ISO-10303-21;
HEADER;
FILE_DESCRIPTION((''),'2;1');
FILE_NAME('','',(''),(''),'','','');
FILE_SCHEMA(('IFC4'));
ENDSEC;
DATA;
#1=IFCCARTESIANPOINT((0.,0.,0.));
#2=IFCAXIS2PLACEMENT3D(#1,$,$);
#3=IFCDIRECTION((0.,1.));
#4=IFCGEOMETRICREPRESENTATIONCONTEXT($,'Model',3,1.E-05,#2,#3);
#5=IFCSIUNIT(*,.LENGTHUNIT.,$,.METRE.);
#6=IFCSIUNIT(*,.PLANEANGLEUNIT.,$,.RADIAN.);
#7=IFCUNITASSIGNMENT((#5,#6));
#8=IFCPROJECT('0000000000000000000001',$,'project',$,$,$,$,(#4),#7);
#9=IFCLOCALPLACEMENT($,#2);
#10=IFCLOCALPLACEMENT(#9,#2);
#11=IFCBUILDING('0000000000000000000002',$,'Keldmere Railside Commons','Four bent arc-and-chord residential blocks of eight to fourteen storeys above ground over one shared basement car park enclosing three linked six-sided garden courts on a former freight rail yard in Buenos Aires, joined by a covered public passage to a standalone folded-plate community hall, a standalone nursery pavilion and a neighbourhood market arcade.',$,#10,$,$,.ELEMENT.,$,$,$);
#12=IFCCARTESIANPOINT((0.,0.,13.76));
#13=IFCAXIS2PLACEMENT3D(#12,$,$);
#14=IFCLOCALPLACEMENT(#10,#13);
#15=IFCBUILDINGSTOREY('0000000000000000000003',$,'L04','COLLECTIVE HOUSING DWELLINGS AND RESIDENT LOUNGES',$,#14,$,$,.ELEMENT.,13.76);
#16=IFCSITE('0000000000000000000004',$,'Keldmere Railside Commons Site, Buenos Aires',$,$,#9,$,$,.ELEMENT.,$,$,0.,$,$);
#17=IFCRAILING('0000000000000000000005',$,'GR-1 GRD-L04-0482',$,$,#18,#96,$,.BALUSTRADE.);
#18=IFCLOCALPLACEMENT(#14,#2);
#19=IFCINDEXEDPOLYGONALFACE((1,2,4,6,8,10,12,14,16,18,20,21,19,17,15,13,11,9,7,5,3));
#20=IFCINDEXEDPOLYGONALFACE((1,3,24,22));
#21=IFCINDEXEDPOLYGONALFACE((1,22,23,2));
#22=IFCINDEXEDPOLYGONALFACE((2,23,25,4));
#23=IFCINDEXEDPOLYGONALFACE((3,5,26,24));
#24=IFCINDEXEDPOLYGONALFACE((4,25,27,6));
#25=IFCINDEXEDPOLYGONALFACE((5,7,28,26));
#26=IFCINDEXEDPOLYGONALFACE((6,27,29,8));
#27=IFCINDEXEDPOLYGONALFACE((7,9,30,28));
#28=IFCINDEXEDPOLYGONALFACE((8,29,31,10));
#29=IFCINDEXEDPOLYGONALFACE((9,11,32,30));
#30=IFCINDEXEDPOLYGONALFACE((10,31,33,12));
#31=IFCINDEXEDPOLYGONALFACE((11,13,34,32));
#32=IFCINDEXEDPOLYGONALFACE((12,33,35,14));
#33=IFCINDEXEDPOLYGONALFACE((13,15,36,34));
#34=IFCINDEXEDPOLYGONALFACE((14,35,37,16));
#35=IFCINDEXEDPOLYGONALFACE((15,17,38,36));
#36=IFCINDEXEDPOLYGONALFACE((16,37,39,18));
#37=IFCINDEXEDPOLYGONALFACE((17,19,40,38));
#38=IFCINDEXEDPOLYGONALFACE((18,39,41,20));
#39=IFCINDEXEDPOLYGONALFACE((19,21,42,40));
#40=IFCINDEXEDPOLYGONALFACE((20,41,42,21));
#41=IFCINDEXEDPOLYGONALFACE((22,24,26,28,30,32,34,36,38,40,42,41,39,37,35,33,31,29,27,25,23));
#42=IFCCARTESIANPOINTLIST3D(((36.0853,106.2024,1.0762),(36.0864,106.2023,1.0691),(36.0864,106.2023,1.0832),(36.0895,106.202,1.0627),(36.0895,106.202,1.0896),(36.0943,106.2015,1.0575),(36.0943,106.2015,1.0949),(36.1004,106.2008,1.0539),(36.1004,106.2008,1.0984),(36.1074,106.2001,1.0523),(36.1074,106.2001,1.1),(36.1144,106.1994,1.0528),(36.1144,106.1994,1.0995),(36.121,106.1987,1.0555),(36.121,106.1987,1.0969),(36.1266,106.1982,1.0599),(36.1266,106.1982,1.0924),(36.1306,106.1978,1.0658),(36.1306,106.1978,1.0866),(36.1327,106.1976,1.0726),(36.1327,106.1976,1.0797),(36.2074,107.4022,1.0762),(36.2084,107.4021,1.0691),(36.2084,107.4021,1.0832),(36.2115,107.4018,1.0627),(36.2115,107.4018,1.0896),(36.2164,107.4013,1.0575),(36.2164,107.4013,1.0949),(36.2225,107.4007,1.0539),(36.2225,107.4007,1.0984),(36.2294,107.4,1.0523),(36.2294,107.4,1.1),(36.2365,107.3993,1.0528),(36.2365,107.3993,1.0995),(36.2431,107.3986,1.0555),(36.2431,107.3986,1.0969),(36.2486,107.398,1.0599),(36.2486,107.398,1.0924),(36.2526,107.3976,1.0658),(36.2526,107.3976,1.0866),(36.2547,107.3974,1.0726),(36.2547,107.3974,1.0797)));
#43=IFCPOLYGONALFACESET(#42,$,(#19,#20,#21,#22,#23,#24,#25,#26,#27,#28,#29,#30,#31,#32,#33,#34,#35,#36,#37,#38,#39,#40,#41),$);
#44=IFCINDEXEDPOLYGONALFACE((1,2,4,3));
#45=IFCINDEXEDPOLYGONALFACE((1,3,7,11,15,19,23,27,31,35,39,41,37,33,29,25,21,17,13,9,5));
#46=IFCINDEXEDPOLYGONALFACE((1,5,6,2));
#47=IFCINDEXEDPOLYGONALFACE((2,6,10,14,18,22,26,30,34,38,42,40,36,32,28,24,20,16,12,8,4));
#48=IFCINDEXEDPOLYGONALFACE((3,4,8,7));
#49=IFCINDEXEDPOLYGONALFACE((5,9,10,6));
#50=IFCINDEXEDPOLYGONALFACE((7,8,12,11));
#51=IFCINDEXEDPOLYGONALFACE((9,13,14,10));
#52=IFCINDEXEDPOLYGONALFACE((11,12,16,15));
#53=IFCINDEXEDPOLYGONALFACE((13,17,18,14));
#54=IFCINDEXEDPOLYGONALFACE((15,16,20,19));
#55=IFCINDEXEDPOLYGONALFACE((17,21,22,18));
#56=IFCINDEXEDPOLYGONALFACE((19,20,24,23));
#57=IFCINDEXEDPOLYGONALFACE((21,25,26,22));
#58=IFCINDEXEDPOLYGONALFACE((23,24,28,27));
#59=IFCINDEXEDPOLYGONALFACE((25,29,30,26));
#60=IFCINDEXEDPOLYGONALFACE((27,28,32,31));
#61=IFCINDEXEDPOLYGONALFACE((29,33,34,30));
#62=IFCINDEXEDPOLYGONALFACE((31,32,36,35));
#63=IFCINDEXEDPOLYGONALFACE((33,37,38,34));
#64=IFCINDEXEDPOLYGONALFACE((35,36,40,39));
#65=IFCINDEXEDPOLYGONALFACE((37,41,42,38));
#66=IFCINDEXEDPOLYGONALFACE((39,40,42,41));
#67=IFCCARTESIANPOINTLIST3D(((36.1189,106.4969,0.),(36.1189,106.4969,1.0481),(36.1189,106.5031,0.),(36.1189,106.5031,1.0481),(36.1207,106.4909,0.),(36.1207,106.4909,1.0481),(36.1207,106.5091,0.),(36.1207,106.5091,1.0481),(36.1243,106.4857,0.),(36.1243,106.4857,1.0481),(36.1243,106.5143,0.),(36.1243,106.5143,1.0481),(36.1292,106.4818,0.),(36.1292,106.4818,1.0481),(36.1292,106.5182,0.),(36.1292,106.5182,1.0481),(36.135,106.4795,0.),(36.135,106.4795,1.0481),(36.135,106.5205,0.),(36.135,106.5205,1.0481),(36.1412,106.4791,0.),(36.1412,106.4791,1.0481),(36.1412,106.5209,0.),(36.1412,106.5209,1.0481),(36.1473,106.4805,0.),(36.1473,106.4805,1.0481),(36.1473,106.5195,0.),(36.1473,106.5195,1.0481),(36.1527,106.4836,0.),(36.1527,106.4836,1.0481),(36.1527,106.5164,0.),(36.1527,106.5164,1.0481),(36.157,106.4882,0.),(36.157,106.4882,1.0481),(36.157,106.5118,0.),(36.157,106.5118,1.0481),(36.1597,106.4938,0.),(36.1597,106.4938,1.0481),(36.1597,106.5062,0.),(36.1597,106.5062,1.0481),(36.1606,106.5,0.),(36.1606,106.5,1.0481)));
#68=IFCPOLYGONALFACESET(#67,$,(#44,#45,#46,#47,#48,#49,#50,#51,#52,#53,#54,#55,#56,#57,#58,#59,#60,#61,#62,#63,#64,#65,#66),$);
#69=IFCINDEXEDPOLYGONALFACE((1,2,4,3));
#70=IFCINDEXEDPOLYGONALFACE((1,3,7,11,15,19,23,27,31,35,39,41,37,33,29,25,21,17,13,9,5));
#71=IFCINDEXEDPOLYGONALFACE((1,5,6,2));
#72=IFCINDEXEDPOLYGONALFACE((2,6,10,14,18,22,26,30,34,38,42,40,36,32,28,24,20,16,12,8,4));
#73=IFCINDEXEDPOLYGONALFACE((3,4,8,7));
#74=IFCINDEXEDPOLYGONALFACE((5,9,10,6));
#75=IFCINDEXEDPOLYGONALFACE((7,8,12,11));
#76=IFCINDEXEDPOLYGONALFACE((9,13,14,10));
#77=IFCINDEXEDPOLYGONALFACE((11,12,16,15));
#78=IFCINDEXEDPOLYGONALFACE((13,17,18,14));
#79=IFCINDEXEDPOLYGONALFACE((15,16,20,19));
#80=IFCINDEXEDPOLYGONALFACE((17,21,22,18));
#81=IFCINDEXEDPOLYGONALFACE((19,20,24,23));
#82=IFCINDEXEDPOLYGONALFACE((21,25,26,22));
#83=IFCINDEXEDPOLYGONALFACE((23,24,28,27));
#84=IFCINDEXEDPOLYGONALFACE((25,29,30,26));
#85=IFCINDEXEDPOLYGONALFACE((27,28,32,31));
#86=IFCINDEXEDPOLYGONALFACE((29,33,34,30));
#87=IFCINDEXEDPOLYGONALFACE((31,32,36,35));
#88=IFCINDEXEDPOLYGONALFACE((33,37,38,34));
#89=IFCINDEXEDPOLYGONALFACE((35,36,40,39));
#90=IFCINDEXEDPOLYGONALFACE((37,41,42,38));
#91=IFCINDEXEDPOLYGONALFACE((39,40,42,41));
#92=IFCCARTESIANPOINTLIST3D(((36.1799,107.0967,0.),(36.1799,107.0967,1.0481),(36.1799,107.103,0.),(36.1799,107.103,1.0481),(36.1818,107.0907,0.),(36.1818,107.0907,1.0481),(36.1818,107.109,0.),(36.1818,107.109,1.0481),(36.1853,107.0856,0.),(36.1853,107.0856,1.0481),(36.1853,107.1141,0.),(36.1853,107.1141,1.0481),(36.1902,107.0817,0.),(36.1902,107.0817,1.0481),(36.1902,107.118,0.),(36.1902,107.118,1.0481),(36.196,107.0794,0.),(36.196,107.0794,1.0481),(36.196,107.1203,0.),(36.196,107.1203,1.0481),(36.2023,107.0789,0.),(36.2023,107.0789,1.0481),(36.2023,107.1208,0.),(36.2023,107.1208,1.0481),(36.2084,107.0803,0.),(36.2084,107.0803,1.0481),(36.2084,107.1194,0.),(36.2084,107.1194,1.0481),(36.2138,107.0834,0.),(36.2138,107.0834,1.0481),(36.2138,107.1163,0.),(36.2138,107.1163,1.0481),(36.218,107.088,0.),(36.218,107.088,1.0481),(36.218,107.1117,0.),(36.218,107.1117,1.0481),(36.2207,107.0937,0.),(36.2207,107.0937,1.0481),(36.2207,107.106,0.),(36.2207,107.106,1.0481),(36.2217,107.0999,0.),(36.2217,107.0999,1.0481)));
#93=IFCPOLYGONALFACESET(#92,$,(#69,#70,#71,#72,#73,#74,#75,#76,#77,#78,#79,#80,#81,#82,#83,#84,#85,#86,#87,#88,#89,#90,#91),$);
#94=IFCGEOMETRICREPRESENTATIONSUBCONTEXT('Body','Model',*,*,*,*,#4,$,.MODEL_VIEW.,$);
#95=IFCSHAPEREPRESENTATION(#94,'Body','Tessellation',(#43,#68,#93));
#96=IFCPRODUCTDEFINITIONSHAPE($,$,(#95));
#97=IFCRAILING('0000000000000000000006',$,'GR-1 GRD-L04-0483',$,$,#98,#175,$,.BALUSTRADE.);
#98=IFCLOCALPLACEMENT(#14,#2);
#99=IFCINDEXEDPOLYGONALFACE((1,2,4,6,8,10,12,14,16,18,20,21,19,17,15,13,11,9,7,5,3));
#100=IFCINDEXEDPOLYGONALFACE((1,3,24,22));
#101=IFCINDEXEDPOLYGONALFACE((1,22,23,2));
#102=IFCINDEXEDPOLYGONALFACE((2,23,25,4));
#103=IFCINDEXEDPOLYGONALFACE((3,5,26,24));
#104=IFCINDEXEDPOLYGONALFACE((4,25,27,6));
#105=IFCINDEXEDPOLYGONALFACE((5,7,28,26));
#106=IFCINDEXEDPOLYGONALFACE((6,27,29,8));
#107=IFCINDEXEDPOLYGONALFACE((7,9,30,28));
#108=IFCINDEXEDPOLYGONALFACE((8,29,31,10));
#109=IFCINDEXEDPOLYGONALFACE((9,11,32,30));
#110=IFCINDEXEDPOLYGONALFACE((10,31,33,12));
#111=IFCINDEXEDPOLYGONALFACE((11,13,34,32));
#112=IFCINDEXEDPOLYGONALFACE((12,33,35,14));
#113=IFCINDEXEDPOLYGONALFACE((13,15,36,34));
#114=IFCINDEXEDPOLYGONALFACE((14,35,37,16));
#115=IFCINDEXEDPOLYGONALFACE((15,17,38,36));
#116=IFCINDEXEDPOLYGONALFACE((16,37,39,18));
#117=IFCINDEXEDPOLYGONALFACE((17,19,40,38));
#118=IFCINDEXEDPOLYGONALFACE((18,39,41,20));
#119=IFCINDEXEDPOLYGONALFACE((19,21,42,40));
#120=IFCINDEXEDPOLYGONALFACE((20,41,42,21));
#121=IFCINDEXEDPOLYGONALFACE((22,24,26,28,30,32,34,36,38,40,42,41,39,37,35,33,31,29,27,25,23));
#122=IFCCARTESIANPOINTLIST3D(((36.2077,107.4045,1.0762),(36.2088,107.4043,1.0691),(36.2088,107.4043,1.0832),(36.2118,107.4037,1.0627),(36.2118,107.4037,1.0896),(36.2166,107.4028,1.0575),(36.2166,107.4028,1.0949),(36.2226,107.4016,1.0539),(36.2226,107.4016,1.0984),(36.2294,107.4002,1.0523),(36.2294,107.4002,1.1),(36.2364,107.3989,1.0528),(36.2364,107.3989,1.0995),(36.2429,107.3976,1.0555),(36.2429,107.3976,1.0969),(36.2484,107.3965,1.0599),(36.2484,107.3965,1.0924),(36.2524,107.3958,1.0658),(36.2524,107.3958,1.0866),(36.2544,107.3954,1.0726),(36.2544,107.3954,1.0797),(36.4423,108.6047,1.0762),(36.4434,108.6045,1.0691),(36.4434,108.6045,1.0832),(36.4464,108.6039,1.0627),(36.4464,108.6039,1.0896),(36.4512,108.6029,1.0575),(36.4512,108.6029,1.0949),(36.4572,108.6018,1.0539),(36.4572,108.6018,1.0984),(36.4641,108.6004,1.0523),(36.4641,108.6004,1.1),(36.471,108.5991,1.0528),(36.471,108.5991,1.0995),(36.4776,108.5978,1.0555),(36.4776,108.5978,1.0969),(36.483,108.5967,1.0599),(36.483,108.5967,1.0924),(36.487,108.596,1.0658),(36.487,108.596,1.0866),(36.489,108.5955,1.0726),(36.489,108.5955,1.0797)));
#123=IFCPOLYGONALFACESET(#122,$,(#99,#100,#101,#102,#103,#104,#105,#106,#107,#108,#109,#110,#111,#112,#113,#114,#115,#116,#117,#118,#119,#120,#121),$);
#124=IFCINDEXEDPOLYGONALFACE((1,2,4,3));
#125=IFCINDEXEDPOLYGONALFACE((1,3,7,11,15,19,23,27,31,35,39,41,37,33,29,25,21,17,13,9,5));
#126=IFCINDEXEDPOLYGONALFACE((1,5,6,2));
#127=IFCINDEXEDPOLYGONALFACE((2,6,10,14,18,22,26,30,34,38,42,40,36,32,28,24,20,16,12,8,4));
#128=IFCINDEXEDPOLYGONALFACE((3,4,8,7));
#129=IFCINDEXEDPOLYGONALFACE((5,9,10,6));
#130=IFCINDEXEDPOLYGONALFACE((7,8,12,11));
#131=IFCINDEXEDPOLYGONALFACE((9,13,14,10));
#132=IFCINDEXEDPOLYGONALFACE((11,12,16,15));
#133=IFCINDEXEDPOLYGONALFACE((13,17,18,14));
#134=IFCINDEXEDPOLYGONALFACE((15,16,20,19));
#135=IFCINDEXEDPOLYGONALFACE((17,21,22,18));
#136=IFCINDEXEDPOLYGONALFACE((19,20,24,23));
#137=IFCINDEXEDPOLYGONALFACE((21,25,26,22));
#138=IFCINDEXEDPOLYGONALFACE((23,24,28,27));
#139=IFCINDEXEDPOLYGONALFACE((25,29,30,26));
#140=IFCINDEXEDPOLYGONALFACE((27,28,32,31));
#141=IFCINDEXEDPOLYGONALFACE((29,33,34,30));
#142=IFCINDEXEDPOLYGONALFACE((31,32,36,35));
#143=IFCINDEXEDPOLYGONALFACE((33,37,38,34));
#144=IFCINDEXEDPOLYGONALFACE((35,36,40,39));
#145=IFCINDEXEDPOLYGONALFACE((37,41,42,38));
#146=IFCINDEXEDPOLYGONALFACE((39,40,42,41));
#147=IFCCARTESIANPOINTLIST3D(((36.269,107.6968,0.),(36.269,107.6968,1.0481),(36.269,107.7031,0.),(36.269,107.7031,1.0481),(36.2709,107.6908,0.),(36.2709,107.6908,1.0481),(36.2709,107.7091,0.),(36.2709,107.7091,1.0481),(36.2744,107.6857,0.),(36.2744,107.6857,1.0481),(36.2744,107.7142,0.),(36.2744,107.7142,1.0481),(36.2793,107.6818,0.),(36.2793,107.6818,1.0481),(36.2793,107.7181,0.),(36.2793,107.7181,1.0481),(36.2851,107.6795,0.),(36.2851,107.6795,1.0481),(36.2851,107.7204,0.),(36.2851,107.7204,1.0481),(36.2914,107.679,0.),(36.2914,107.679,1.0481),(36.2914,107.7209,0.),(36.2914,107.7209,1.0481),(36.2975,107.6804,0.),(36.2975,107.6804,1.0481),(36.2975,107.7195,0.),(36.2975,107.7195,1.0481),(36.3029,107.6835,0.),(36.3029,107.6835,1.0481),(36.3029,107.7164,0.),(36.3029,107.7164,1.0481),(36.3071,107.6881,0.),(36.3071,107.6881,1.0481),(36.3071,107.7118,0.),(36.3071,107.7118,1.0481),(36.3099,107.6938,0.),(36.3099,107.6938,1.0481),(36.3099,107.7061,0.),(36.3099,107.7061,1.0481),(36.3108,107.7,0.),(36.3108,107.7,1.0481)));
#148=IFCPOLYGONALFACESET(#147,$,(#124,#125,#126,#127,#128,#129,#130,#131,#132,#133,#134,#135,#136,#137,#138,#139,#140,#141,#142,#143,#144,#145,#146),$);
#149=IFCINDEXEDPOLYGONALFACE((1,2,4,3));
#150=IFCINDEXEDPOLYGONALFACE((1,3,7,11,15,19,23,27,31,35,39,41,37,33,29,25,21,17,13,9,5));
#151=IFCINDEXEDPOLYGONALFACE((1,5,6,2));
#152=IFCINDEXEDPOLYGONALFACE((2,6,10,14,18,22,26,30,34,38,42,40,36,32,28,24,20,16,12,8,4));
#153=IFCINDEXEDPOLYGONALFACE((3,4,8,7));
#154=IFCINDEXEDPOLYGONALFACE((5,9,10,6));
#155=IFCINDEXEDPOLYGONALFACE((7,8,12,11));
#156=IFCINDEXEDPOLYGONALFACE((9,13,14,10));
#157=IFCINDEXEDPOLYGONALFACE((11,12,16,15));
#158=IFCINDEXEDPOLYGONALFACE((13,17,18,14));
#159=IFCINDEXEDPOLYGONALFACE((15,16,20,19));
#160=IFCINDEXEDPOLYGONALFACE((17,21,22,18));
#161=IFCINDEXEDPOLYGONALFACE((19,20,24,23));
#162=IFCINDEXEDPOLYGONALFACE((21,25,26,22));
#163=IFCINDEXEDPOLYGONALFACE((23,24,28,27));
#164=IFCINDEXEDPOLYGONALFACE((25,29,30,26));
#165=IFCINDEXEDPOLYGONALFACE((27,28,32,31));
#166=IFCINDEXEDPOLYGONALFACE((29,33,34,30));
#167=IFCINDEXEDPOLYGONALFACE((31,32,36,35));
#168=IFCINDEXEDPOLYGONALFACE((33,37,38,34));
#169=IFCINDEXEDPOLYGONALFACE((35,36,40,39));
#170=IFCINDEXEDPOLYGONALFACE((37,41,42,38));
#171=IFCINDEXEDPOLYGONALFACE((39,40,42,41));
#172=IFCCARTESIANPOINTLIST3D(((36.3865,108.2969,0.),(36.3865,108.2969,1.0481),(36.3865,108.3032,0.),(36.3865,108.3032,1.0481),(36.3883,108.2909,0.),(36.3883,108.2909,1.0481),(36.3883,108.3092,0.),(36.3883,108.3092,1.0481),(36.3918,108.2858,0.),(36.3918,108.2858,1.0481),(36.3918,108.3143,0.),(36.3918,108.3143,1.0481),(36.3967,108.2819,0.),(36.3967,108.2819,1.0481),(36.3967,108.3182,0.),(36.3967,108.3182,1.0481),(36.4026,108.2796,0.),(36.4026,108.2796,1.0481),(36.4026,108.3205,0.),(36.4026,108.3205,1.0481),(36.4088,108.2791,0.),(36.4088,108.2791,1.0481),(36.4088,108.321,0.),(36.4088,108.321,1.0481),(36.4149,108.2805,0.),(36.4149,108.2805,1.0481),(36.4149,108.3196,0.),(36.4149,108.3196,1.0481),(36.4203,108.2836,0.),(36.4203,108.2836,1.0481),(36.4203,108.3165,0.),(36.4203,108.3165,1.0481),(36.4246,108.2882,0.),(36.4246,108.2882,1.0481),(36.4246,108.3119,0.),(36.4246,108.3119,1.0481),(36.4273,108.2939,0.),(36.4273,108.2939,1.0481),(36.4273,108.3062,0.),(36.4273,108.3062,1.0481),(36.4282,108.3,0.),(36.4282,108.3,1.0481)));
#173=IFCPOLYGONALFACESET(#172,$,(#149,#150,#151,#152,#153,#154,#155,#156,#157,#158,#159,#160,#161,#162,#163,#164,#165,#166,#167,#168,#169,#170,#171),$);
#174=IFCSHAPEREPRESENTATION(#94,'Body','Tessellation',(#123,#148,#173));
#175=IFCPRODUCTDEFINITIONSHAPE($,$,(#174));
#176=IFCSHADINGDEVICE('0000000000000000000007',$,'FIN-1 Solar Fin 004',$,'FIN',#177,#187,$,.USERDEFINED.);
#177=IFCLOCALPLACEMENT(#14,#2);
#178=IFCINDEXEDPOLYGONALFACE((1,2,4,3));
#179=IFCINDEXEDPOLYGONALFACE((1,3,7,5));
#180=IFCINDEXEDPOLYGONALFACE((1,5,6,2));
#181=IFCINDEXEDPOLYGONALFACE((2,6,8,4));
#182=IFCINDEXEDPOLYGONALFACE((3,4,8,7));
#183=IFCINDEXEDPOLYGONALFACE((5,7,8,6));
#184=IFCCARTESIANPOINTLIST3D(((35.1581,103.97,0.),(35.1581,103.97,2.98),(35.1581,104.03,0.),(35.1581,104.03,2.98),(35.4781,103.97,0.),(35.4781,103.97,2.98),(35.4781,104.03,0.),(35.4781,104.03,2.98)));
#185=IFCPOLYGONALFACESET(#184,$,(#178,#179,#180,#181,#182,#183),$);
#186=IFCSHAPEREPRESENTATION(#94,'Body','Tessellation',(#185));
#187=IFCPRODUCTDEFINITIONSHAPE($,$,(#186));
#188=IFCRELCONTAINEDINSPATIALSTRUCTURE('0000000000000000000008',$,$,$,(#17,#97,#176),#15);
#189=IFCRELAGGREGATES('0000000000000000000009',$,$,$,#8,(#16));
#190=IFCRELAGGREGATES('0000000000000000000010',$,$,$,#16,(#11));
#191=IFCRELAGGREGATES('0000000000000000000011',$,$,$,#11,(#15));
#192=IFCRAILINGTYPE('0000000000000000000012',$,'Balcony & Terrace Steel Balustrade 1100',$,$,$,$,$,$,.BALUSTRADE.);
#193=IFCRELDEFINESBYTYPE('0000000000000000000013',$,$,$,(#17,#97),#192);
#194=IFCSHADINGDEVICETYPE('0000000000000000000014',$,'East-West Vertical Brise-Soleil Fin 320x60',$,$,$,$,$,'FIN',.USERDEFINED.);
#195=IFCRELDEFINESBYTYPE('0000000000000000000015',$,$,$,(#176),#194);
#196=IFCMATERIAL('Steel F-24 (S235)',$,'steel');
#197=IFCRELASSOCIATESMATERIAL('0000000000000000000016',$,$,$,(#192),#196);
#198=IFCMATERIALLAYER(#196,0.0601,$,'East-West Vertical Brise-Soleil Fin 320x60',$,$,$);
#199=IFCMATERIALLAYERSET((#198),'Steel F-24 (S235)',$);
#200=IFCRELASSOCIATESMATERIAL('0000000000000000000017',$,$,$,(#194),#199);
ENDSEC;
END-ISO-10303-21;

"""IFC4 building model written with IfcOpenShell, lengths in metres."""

from ifc_helpers import new_model, si_unit, direction, frame, origin, origin_2d, place, context, subcontext, project, spatial, rectangle, circle, extrude, material, layer, layer_set, type_object, element, save


model = new_model("IFC4")

# Units and contexts
model_context = context("Model", 3, precision=1e-05, world=origin(), true_north=direction((0.0, 1.0)))
body_context = subcontext(model_context, "Body", "Model", "MODEL_VIEW")
ifc_project = project(units=[si_unit("LENGTHUNIT", "METRE"), si_unit("PLANEANGLEUNIT", "RADIAN")], contexts=[model_context])

# Site, building, storey
site_placement = place(None, origin())
site = spatial("IfcSite", under=ifc_project, at=site_placement, Name="Keldmere Railside Commons Site, Buenos Aires", CompositionType="ELEMENT", RefElevation=0.0)
building_placement = place(site_placement, origin())
building = spatial("IfcBuilding", under=site, at=building_placement, Name="Keldmere Railside Commons", Description="Four bent arc-and-chord residential blocks of eight to fourteen storeys above ground over one shared basement car park enclosing three linked six-sided garden courts on a former freight rail yard in Buenos Aires, joined by a covered public passage to a standalone folded-plate community hall, a standalone nursery pavilion and a neighbourhood market arcade.", CompositionType="ELEMENT")
storey_placement = place(building_placement, frame((0.0, 0.0, 13.76)))
storey = spatial("IfcBuildingStorey", under=building, at=storey_placement, Name="L04", Description="COLLECTIVE HOUSING DWELLINGS AND RESIDENT LOUNGES", CompositionType="ELEMENT", Elevation=13.76)

# Shared definitions
ifc_material_1 = material(Name="Steel F-24 (S235)", Category="steel")

# Railings
railing_type_1 = type_object("IfcRailingType", Name="Balcony & Terrace Steel Balustrade 1100", PredefinedType="BALUSTRADE", material=ifc_material_1)
railing_1_placement = place(storey_placement, frame((36.1091, 106.2, 0.0)))
element("IfcRailing", 1, at=railing_1_placement, inside=storey, type_object=railing_type_1, Name="GR-1 GRD-L04-0482", PredefinedType="BALUSTRADE", context=body_context, shape_type="SweptSolid", body=[
    extrude(circle(Radius=0.0239, at=origin_2d()), frame((0.0, 0.0, 1.0762), z_axis=(0.101207, 0.994865, 0.0), x_axis=(-0.994865, 0.101207, 0.0)), (0.0, 0.0, 1.0), 1.2061),
    extrude(circle(Radius=0.021, at=origin_2d()), frame((0.0305, 0.3, 0.0)), (0.0, 0.0, 1.0), 1.0481),
    extrude(circle(Radius=0.021, at=origin_2d()), frame((0.0916, 0.8999, 0.0)), (0.0, 0.0, 1.0), 1.0481),
])
railing_2_placement = place(storey_placement, frame((36.2312, 107.3999, 0.0)))
element("IfcRailing", 2, at=railing_2_placement, inside=storey, type_object=railing_type_1, Name="GR-1 GRD-L04-0483", PredefinedType="BALUSTRADE", context=body_context, shape_type="SweptSolid", body=[
    extrude(circle(Radius=0.0239, at=origin_2d()), frame((0.0, 0.0, 1.0762), z_axis=(0.191853, 0.981424, 0.0), x_axis=(-0.981424, 0.191853, 0.0)), (0.0, 0.0, 1.0), 1.2229),
    extrude(circle(Radius=0.021, at=origin_2d()), frame((0.0586, 0.3, 0.0)), (0.0, 0.0, 1.0), 1.0481),
    extrude(circle(Radius=0.021, at=origin_2d()), frame((0.176, 0.9001, 0.0)), (0.0, 0.0, 1.0), 1.0481),
])

# Shading device
ifc_layer_1 = layer(ifc_material_1, 0.0601, Name="East-West Vertical Brise-Soleil Fin 320x60")
ifc_layer_set_1 = layer_set([ifc_layer_1], Name="Steel F-24 (S235)")
shading_device_type = type_object("IfcShadingDeviceType", Name="East-West Vertical Brise-Soleil Fin 320x60", ElementType="FIN", PredefinedType="USERDEFINED", material=ifc_layer_set_1)
shading_device_placement = place(storey_placement, frame((35.3181, 104.0, 0.0), z_axis=(0.0, 0.0, 1.0), x_axis=(1.0, 0.0, 0.0)))
element("IfcShadingDevice", 3, at=shading_device_placement, inside=storey, type_object=shading_device_type, Name="FIN-1 Solar Fin 004", ObjectType="FIN", PredefinedType="USERDEFINED", context=body_context, shape_type="SweptSolid", body=[
    extrude(rectangle(XDim=0.3201, YDim=0.0601, at=origin_2d()), origin(), (0.0, 0.0, 1.0), 2.98),
])

save(model, "model.ifc")
